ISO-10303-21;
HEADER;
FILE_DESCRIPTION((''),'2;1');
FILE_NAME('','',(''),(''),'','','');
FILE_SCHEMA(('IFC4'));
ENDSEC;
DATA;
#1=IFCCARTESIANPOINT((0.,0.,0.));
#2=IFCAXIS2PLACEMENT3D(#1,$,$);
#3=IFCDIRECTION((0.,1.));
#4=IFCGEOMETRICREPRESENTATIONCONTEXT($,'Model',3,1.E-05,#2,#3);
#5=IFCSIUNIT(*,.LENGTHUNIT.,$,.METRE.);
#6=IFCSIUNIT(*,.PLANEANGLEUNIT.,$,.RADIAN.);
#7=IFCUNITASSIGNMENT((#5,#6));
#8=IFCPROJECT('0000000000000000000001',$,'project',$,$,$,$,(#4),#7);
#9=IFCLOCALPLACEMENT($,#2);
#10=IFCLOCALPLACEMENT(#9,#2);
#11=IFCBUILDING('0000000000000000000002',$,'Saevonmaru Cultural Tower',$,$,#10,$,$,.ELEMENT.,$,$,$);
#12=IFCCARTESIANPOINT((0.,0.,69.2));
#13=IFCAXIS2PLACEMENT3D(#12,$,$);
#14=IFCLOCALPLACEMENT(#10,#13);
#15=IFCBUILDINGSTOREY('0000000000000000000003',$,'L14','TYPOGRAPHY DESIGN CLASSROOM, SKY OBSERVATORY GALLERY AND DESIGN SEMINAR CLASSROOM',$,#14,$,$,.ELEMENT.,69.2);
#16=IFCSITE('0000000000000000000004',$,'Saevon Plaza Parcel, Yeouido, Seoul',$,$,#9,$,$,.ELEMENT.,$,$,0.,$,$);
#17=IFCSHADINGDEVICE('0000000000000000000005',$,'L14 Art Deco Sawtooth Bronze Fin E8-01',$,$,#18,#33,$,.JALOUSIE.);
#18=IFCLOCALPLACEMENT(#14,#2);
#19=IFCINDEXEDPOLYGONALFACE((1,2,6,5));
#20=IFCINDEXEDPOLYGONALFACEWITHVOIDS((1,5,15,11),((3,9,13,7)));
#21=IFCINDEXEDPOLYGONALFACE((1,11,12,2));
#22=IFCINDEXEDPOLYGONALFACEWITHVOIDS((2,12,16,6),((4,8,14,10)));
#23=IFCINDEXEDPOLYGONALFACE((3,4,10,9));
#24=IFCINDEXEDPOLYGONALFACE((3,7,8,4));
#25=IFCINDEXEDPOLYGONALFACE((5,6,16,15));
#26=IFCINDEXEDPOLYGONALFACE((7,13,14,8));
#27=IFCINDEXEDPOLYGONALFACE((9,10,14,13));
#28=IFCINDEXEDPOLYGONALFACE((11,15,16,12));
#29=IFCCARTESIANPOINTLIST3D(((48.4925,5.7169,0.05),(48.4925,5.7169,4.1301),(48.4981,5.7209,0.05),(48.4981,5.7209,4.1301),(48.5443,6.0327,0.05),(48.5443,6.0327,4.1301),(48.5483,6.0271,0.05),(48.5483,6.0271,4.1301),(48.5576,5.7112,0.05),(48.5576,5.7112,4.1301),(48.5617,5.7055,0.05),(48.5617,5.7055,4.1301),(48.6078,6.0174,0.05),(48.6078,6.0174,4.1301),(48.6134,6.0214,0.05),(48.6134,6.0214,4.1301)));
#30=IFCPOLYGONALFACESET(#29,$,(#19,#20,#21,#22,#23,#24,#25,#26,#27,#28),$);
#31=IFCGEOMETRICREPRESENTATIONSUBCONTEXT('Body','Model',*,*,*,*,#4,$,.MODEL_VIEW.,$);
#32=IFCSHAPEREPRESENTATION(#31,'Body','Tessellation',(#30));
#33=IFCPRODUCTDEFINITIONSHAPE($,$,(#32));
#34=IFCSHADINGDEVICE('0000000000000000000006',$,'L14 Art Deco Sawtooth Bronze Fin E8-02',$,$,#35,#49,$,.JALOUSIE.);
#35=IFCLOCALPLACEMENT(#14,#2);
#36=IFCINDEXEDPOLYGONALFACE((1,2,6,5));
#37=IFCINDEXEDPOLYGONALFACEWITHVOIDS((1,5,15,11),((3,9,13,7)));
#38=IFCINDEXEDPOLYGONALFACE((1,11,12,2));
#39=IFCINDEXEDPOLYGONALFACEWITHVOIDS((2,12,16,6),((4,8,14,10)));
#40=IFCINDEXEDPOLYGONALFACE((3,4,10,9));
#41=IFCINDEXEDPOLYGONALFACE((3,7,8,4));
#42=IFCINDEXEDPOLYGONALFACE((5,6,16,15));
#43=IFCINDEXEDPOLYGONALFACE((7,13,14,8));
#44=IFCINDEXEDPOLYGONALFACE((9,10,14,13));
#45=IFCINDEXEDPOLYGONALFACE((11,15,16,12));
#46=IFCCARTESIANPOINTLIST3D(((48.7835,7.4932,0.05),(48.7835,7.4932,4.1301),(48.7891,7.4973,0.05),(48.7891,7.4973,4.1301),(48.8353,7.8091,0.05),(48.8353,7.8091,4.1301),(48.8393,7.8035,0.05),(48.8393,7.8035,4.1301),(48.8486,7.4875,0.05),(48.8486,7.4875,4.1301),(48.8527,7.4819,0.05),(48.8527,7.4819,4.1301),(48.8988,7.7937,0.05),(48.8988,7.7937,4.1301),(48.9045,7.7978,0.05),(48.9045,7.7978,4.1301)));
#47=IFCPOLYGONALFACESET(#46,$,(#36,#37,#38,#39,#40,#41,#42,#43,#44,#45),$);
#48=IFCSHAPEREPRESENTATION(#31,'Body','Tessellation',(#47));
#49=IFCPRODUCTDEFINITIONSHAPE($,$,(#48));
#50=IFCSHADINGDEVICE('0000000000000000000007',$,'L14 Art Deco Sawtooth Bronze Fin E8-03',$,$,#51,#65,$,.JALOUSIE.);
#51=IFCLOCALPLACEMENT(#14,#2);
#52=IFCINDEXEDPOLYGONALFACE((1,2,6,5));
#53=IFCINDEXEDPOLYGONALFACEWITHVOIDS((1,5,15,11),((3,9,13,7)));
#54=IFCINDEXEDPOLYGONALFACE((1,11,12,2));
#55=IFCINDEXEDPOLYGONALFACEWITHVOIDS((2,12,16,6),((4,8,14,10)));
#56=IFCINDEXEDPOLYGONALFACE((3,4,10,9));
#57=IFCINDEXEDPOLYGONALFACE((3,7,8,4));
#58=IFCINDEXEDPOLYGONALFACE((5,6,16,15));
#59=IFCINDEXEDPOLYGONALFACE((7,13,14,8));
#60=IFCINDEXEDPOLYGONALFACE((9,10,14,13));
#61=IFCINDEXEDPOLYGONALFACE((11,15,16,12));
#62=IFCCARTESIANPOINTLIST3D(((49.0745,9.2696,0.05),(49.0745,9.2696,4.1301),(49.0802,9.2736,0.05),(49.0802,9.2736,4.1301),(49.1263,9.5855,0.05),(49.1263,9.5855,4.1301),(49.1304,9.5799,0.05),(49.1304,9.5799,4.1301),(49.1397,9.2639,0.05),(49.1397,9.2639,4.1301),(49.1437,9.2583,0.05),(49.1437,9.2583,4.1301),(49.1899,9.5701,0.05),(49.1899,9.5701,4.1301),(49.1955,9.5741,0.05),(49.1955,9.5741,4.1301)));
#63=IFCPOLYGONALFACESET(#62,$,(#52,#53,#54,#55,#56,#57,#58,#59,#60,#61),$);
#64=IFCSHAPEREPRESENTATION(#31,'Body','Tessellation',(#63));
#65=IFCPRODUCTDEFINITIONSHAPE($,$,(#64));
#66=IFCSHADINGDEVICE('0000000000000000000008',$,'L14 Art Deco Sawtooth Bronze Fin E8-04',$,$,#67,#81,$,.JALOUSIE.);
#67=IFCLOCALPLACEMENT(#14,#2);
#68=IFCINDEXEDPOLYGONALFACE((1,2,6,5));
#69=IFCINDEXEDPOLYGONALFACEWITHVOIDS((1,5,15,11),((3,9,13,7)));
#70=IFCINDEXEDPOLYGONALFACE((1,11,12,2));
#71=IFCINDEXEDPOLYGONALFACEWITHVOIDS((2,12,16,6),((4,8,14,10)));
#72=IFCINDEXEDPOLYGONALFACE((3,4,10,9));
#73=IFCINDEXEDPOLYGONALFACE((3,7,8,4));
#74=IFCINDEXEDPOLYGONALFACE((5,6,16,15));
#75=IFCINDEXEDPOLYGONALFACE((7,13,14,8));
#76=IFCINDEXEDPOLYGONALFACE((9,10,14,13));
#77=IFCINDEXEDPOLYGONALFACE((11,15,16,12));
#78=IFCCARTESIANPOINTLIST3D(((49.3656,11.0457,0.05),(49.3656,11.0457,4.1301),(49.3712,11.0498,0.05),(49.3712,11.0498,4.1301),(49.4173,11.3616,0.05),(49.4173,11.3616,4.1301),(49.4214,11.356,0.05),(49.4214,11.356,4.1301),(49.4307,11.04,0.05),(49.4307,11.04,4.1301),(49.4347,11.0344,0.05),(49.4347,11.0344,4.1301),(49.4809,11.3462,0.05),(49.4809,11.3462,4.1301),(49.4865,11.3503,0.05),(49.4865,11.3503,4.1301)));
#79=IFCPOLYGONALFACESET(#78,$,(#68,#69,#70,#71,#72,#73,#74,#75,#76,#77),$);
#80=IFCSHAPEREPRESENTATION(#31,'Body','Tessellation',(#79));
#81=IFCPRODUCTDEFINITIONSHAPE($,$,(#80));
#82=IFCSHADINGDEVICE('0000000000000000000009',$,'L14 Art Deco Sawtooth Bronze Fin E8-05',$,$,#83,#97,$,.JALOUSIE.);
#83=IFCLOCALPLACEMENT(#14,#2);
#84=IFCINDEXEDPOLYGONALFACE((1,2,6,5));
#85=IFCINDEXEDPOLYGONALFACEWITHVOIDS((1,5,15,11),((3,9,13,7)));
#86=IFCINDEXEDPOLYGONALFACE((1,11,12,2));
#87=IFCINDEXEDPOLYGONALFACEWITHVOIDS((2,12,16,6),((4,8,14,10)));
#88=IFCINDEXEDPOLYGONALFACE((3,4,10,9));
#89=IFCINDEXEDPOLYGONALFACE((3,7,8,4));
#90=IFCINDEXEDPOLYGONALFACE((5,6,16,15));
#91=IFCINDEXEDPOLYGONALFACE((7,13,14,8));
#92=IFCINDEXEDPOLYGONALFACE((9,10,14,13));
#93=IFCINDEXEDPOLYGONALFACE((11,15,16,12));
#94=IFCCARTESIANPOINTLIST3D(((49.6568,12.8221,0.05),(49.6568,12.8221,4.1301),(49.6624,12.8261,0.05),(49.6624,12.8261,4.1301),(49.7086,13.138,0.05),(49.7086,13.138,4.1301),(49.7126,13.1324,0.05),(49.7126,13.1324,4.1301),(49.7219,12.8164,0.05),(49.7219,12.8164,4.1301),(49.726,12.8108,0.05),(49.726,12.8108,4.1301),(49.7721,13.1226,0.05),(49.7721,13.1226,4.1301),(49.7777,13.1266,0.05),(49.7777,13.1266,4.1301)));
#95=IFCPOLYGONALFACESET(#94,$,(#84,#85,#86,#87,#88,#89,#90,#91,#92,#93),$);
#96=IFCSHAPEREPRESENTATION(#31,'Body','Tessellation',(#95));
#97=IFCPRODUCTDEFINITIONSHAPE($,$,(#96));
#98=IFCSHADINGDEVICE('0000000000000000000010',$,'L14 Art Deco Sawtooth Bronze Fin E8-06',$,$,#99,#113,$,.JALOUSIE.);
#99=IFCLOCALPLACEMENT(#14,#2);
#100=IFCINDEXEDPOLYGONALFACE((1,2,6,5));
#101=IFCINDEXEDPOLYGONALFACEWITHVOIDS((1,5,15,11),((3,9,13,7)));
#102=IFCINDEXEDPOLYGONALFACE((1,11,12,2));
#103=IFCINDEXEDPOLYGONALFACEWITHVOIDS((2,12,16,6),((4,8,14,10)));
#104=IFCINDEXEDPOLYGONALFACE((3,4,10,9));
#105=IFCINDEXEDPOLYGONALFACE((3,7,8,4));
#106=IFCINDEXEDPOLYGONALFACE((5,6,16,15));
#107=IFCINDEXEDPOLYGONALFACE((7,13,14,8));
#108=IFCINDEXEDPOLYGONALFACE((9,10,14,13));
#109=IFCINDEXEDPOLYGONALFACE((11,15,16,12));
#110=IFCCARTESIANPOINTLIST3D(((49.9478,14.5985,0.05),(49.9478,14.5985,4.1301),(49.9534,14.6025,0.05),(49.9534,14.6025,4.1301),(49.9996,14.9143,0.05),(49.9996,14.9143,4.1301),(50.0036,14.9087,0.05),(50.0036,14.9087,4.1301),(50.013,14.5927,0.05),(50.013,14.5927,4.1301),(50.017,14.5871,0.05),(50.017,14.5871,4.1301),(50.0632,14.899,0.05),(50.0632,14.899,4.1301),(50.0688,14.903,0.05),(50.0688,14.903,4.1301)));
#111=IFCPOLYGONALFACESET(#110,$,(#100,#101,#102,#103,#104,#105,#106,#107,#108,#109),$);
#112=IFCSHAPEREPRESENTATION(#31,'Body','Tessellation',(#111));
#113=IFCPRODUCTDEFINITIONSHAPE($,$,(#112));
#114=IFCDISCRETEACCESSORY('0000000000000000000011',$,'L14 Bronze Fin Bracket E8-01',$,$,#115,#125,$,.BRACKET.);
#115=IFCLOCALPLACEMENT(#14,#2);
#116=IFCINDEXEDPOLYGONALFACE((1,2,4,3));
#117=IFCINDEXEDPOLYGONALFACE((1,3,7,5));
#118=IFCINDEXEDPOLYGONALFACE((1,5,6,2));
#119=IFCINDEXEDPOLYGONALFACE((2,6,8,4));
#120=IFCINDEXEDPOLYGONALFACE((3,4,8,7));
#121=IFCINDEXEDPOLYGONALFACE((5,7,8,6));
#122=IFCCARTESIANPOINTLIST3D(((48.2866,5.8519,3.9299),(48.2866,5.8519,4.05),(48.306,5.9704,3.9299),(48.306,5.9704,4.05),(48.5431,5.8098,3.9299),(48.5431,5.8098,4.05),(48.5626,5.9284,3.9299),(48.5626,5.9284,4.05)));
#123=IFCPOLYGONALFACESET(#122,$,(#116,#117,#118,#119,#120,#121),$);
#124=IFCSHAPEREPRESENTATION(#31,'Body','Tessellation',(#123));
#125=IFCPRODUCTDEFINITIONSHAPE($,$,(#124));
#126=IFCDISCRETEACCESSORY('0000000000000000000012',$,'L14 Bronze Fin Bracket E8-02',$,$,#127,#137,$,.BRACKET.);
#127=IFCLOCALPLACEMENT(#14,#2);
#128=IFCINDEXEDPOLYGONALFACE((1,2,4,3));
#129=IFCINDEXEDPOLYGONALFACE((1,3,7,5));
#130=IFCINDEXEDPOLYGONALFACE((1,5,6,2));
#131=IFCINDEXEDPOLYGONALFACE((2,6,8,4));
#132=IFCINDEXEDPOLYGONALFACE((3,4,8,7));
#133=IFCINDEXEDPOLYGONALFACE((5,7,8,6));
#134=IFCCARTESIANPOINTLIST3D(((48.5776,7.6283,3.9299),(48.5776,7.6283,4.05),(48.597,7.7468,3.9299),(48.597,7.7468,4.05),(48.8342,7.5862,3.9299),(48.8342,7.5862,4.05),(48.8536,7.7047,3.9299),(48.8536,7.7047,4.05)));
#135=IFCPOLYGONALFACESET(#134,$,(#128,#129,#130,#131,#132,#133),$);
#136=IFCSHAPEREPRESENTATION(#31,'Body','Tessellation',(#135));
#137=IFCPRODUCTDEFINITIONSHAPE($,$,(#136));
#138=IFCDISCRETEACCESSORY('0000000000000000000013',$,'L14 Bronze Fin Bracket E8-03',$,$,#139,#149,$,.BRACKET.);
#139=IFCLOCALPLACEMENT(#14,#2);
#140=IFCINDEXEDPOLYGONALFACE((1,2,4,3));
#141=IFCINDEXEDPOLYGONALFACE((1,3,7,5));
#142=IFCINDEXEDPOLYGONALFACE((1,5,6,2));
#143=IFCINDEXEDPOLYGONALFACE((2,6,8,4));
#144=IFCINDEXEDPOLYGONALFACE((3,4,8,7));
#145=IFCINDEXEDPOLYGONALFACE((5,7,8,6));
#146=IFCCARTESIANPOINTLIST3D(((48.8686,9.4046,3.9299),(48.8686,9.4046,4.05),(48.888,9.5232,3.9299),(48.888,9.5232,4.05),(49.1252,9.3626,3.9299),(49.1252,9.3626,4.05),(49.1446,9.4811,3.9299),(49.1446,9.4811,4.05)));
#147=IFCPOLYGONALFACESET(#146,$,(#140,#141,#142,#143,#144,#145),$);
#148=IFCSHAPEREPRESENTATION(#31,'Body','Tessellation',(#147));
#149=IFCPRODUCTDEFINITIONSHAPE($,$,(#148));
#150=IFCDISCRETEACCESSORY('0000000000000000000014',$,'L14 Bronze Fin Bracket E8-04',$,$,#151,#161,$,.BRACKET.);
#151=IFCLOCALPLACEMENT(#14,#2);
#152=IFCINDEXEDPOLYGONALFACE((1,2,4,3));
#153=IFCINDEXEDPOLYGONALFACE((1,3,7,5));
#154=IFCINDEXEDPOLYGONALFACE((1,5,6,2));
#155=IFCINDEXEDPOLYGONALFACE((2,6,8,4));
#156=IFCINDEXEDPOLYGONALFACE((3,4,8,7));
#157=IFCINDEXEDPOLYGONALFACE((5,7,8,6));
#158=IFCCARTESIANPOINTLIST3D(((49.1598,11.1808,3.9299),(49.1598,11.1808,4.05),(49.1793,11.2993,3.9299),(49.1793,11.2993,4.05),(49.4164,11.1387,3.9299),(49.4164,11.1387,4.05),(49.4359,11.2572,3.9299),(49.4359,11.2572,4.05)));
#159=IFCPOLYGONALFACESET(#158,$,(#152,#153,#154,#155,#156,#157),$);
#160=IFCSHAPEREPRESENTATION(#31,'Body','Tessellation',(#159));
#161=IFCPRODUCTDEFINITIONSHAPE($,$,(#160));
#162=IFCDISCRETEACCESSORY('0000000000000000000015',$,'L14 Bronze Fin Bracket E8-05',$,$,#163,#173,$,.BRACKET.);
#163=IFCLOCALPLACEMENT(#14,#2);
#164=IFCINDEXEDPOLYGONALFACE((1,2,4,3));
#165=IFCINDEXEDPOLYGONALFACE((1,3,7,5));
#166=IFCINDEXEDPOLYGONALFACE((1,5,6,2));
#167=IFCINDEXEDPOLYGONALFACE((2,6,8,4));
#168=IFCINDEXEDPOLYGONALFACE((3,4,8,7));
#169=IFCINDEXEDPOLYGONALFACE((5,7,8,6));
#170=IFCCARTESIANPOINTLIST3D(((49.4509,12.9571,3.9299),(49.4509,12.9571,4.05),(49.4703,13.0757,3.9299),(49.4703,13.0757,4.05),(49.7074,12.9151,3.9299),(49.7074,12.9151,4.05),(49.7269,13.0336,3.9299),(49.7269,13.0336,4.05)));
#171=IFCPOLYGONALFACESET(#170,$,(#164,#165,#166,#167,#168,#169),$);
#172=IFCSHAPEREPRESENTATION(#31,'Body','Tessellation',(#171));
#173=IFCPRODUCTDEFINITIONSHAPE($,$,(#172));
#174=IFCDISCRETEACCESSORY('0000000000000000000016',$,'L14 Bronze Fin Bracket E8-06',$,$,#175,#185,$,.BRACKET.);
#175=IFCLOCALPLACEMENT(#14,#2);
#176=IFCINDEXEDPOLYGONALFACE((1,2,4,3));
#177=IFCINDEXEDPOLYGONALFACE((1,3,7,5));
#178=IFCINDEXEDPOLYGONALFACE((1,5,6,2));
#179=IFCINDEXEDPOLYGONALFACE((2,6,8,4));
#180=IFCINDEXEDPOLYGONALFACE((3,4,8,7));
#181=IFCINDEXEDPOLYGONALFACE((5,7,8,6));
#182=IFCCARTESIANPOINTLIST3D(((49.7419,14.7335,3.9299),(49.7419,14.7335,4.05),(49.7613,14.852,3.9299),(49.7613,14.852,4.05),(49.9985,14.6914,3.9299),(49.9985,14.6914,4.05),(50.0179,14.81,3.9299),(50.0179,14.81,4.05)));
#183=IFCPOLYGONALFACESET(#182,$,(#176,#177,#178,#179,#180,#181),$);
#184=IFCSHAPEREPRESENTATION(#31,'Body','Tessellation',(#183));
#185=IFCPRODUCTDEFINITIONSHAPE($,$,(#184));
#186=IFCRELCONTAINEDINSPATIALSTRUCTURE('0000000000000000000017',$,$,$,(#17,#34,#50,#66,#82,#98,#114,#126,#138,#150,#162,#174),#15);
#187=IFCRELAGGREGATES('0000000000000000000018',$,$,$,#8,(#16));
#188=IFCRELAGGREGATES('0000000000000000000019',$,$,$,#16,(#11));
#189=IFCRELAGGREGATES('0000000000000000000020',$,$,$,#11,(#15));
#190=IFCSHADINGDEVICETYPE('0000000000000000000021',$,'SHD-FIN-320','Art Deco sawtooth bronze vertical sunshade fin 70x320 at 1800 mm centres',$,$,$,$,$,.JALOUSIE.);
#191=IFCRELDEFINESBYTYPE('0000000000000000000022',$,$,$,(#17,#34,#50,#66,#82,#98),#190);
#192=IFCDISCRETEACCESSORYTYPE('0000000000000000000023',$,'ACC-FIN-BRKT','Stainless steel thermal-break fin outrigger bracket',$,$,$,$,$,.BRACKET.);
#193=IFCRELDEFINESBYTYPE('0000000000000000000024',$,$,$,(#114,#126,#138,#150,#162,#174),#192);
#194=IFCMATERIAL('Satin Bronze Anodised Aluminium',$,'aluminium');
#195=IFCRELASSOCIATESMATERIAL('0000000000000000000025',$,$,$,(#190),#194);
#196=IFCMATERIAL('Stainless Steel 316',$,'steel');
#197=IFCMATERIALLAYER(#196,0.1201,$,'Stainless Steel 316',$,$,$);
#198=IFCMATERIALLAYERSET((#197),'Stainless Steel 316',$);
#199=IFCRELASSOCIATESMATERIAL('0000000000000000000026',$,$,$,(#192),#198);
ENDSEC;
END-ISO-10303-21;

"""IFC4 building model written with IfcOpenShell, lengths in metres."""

from ifc_helpers import new_model, si_unit, direction, frame, origin, origin_2d, place, context, subcontext, project, spatial, rectangle, hollow_rectangle, extrude, material, layer, layer_set, material_profile, profile_set, type_object, element, save


model = new_model("IFC4")

# Units and contexts
model_context = context("Model", 3, precision=1e-05, world=origin(), true_north=direction((0.0, 1.0)))
body_context = subcontext(model_context, "Body", "Model", "MODEL_VIEW")
ifc_project = project(units=[si_unit("LENGTHUNIT", "METRE"), si_unit("PLANEANGLEUNIT", "RADIAN")], contexts=[model_context])

# Site, building, storey
site_placement = place(None, origin())
site = spatial("IfcSite", under=ifc_project, at=site_placement, Name="Saevon Plaza Parcel, Yeouido, Seoul", CompositionType="ELEMENT", RefElevation=0.0)
building_placement = place(site_placement, origin())
building = spatial("IfcBuilding", under=site, at=building_placement, Name="Saevonmaru Cultural Tower", CompositionType="ELEMENT")
storey_placement = place(building_placement, frame((0.0, 0.0, 69.2)))
storey = spatial("IfcBuildingStorey", under=building, at=storey_placement, Name="L14", Description="TYPOGRAPHY DESIGN CLASSROOM, SKY OBSERVATORY GALLERY AND DESIGN SEMINAR CLASSROOM", CompositionType="ELEMENT", Elevation=69.2)

# Shared definitions
ifc_material_1 = material(Name="Satin Bronze Anodised Aluminium", Category="aluminium")

# Shading devices
ifc_material_profile_1 = material_profile(ifc_material_1, hollow_rectangle(XDim=0.0701, YDim=0.3201, WallThickness=0.0049, at=origin_2d()), Name="FIN-320x70")
ifc_profile_set_1 = profile_set([ifc_material_profile_1], Name="Satin Bronze Anodised Aluminium")
shading_device_type = type_object("IfcShadingDeviceType", Name="SHD-FIN-320", Description="Art Deco sawtooth bronze vertical sunshade fin 70x320 at 1800 mm centres", PredefinedType="JALOUSIE", material=ifc_profile_set_1)
for number, where, z_axis, x_axis, name in (
    (1, (48.553, 5.8691, 0.05), (0.0, 0.0, 1.0), (0.986827, -0.161776, 0.0), "L14 Art Deco Sawtooth Bronze Fin E8-01"),
    (2, (48.844, 7.6455, 0.05), (0.0, 0.0, 1.0), (0.986827, -0.161776, 0.0), "L14 Art Deco Sawtooth Bronze Fin E8-02"),
    (3, (49.135, 9.4219, 0.05), (0.0, 0.0, 1.0), (0.986827, -0.161776, 0.0), "L14 Art Deco Sawtooth Bronze Fin E8-03"),
    (4, (49.426, 11.198, 0.05), (0.0, 0.0, 1.0), (0.986827, -0.161776, 0.0), "L14 Art Deco Sawtooth Bronze Fin E8-04"),
    (5, (49.7173, 12.9744, 0.05), (0.0, 0.0, 1.0), (0.986827, -0.161776, 0.0), "L14 Art Deco Sawtooth Bronze Fin E8-05"),
    (6, (50.0083, 14.7507, 0.05), (0.0, 0.0, 1.0), (0.986827, -0.161776, 0.0), "L14 Art Deco Sawtooth Bronze Fin E8-06"),
):
    element("IfcShadingDevice", number, at=place(storey_placement, frame(where, z_axis=z_axis, x_axis=x_axis)), inside=storey, type_object=shading_device_type, Name=name, PredefinedType="JALOUSIE", context=body_context, shape_type="SweptSolid", body=[
        extrude(hollow_rectangle(XDim=0.0701, YDim=0.3201, WallThickness=0.0049, at=origin_2d()), origin(), (0.0, 0.0, 1.0), 4.0801),
    ])

# Discrete accessories
ifc_material_2 = material(Name="Stainless Steel 316", Category="steel")
ifc_layer_1 = layer(ifc_material_2, 0.1201, Name="Stainless Steel 316")
ifc_layer_set_1 = layer_set([ifc_layer_1], Name="Stainless Steel 316")
discrete_accessory_type = type_object("IfcDiscreteAccessoryType", Name="ACC-FIN-BRKT", Description="Stainless steel thermal-break fin outrigger bracket", PredefinedType="BRACKET", material=ifc_layer_set_1)
for number, where, z_axis, x_axis, name in (
    (7, (48.4246, 5.8901, 3.9299), (0.0, 0.0, 1.0), (0.986827, -0.161776, 0.0), "L14 Bronze Fin Bracket E8-01"),
    (8, (48.7156, 7.6665, 3.9299), (0.0, 0.0, 1.0), (0.986827, -0.161776, 0.0), "L14 Bronze Fin Bracket E8-02"),
    (9, (49.0066, 9.4429, 3.9299), (0.0, 0.0, 1.0), (0.986827, -0.161776, 0.0), "L14 Bronze Fin Bracket E8-03"),
    (10, (49.2979, 11.219, 3.9299), (0.0, 0.0, 1.0), (0.986827, -0.161776, 0.0), "L14 Bronze Fin Bracket E8-04"),
    (11, (49.5889, 12.9954, 3.9299), (0.0, 0.0, 1.0), (0.986827, -0.161776, 0.0), "L14 Bronze Fin Bracket E8-05"),
    (12, (49.8799, 14.7717, 3.9299), (0.0, 0.0, 1.0), (0.986827, -0.161776, 0.0), "L14 Bronze Fin Bracket E8-06"),
):
    element("IfcDiscreteAccessory", number, at=place(storey_placement, frame(where, z_axis=z_axis, x_axis=x_axis)), inside=storey, type_object=discrete_accessory_type, Name=name, PredefinedType="BRACKET", context=body_context, shape_type="SweptSolid", body=[
        extrude(rectangle(XDim=0.26, YDim=0.1201, at=origin_2d()), origin(), (0.0, 0.0, 1.0), 0.1201),
    ])

save(model, "model.ifc")
